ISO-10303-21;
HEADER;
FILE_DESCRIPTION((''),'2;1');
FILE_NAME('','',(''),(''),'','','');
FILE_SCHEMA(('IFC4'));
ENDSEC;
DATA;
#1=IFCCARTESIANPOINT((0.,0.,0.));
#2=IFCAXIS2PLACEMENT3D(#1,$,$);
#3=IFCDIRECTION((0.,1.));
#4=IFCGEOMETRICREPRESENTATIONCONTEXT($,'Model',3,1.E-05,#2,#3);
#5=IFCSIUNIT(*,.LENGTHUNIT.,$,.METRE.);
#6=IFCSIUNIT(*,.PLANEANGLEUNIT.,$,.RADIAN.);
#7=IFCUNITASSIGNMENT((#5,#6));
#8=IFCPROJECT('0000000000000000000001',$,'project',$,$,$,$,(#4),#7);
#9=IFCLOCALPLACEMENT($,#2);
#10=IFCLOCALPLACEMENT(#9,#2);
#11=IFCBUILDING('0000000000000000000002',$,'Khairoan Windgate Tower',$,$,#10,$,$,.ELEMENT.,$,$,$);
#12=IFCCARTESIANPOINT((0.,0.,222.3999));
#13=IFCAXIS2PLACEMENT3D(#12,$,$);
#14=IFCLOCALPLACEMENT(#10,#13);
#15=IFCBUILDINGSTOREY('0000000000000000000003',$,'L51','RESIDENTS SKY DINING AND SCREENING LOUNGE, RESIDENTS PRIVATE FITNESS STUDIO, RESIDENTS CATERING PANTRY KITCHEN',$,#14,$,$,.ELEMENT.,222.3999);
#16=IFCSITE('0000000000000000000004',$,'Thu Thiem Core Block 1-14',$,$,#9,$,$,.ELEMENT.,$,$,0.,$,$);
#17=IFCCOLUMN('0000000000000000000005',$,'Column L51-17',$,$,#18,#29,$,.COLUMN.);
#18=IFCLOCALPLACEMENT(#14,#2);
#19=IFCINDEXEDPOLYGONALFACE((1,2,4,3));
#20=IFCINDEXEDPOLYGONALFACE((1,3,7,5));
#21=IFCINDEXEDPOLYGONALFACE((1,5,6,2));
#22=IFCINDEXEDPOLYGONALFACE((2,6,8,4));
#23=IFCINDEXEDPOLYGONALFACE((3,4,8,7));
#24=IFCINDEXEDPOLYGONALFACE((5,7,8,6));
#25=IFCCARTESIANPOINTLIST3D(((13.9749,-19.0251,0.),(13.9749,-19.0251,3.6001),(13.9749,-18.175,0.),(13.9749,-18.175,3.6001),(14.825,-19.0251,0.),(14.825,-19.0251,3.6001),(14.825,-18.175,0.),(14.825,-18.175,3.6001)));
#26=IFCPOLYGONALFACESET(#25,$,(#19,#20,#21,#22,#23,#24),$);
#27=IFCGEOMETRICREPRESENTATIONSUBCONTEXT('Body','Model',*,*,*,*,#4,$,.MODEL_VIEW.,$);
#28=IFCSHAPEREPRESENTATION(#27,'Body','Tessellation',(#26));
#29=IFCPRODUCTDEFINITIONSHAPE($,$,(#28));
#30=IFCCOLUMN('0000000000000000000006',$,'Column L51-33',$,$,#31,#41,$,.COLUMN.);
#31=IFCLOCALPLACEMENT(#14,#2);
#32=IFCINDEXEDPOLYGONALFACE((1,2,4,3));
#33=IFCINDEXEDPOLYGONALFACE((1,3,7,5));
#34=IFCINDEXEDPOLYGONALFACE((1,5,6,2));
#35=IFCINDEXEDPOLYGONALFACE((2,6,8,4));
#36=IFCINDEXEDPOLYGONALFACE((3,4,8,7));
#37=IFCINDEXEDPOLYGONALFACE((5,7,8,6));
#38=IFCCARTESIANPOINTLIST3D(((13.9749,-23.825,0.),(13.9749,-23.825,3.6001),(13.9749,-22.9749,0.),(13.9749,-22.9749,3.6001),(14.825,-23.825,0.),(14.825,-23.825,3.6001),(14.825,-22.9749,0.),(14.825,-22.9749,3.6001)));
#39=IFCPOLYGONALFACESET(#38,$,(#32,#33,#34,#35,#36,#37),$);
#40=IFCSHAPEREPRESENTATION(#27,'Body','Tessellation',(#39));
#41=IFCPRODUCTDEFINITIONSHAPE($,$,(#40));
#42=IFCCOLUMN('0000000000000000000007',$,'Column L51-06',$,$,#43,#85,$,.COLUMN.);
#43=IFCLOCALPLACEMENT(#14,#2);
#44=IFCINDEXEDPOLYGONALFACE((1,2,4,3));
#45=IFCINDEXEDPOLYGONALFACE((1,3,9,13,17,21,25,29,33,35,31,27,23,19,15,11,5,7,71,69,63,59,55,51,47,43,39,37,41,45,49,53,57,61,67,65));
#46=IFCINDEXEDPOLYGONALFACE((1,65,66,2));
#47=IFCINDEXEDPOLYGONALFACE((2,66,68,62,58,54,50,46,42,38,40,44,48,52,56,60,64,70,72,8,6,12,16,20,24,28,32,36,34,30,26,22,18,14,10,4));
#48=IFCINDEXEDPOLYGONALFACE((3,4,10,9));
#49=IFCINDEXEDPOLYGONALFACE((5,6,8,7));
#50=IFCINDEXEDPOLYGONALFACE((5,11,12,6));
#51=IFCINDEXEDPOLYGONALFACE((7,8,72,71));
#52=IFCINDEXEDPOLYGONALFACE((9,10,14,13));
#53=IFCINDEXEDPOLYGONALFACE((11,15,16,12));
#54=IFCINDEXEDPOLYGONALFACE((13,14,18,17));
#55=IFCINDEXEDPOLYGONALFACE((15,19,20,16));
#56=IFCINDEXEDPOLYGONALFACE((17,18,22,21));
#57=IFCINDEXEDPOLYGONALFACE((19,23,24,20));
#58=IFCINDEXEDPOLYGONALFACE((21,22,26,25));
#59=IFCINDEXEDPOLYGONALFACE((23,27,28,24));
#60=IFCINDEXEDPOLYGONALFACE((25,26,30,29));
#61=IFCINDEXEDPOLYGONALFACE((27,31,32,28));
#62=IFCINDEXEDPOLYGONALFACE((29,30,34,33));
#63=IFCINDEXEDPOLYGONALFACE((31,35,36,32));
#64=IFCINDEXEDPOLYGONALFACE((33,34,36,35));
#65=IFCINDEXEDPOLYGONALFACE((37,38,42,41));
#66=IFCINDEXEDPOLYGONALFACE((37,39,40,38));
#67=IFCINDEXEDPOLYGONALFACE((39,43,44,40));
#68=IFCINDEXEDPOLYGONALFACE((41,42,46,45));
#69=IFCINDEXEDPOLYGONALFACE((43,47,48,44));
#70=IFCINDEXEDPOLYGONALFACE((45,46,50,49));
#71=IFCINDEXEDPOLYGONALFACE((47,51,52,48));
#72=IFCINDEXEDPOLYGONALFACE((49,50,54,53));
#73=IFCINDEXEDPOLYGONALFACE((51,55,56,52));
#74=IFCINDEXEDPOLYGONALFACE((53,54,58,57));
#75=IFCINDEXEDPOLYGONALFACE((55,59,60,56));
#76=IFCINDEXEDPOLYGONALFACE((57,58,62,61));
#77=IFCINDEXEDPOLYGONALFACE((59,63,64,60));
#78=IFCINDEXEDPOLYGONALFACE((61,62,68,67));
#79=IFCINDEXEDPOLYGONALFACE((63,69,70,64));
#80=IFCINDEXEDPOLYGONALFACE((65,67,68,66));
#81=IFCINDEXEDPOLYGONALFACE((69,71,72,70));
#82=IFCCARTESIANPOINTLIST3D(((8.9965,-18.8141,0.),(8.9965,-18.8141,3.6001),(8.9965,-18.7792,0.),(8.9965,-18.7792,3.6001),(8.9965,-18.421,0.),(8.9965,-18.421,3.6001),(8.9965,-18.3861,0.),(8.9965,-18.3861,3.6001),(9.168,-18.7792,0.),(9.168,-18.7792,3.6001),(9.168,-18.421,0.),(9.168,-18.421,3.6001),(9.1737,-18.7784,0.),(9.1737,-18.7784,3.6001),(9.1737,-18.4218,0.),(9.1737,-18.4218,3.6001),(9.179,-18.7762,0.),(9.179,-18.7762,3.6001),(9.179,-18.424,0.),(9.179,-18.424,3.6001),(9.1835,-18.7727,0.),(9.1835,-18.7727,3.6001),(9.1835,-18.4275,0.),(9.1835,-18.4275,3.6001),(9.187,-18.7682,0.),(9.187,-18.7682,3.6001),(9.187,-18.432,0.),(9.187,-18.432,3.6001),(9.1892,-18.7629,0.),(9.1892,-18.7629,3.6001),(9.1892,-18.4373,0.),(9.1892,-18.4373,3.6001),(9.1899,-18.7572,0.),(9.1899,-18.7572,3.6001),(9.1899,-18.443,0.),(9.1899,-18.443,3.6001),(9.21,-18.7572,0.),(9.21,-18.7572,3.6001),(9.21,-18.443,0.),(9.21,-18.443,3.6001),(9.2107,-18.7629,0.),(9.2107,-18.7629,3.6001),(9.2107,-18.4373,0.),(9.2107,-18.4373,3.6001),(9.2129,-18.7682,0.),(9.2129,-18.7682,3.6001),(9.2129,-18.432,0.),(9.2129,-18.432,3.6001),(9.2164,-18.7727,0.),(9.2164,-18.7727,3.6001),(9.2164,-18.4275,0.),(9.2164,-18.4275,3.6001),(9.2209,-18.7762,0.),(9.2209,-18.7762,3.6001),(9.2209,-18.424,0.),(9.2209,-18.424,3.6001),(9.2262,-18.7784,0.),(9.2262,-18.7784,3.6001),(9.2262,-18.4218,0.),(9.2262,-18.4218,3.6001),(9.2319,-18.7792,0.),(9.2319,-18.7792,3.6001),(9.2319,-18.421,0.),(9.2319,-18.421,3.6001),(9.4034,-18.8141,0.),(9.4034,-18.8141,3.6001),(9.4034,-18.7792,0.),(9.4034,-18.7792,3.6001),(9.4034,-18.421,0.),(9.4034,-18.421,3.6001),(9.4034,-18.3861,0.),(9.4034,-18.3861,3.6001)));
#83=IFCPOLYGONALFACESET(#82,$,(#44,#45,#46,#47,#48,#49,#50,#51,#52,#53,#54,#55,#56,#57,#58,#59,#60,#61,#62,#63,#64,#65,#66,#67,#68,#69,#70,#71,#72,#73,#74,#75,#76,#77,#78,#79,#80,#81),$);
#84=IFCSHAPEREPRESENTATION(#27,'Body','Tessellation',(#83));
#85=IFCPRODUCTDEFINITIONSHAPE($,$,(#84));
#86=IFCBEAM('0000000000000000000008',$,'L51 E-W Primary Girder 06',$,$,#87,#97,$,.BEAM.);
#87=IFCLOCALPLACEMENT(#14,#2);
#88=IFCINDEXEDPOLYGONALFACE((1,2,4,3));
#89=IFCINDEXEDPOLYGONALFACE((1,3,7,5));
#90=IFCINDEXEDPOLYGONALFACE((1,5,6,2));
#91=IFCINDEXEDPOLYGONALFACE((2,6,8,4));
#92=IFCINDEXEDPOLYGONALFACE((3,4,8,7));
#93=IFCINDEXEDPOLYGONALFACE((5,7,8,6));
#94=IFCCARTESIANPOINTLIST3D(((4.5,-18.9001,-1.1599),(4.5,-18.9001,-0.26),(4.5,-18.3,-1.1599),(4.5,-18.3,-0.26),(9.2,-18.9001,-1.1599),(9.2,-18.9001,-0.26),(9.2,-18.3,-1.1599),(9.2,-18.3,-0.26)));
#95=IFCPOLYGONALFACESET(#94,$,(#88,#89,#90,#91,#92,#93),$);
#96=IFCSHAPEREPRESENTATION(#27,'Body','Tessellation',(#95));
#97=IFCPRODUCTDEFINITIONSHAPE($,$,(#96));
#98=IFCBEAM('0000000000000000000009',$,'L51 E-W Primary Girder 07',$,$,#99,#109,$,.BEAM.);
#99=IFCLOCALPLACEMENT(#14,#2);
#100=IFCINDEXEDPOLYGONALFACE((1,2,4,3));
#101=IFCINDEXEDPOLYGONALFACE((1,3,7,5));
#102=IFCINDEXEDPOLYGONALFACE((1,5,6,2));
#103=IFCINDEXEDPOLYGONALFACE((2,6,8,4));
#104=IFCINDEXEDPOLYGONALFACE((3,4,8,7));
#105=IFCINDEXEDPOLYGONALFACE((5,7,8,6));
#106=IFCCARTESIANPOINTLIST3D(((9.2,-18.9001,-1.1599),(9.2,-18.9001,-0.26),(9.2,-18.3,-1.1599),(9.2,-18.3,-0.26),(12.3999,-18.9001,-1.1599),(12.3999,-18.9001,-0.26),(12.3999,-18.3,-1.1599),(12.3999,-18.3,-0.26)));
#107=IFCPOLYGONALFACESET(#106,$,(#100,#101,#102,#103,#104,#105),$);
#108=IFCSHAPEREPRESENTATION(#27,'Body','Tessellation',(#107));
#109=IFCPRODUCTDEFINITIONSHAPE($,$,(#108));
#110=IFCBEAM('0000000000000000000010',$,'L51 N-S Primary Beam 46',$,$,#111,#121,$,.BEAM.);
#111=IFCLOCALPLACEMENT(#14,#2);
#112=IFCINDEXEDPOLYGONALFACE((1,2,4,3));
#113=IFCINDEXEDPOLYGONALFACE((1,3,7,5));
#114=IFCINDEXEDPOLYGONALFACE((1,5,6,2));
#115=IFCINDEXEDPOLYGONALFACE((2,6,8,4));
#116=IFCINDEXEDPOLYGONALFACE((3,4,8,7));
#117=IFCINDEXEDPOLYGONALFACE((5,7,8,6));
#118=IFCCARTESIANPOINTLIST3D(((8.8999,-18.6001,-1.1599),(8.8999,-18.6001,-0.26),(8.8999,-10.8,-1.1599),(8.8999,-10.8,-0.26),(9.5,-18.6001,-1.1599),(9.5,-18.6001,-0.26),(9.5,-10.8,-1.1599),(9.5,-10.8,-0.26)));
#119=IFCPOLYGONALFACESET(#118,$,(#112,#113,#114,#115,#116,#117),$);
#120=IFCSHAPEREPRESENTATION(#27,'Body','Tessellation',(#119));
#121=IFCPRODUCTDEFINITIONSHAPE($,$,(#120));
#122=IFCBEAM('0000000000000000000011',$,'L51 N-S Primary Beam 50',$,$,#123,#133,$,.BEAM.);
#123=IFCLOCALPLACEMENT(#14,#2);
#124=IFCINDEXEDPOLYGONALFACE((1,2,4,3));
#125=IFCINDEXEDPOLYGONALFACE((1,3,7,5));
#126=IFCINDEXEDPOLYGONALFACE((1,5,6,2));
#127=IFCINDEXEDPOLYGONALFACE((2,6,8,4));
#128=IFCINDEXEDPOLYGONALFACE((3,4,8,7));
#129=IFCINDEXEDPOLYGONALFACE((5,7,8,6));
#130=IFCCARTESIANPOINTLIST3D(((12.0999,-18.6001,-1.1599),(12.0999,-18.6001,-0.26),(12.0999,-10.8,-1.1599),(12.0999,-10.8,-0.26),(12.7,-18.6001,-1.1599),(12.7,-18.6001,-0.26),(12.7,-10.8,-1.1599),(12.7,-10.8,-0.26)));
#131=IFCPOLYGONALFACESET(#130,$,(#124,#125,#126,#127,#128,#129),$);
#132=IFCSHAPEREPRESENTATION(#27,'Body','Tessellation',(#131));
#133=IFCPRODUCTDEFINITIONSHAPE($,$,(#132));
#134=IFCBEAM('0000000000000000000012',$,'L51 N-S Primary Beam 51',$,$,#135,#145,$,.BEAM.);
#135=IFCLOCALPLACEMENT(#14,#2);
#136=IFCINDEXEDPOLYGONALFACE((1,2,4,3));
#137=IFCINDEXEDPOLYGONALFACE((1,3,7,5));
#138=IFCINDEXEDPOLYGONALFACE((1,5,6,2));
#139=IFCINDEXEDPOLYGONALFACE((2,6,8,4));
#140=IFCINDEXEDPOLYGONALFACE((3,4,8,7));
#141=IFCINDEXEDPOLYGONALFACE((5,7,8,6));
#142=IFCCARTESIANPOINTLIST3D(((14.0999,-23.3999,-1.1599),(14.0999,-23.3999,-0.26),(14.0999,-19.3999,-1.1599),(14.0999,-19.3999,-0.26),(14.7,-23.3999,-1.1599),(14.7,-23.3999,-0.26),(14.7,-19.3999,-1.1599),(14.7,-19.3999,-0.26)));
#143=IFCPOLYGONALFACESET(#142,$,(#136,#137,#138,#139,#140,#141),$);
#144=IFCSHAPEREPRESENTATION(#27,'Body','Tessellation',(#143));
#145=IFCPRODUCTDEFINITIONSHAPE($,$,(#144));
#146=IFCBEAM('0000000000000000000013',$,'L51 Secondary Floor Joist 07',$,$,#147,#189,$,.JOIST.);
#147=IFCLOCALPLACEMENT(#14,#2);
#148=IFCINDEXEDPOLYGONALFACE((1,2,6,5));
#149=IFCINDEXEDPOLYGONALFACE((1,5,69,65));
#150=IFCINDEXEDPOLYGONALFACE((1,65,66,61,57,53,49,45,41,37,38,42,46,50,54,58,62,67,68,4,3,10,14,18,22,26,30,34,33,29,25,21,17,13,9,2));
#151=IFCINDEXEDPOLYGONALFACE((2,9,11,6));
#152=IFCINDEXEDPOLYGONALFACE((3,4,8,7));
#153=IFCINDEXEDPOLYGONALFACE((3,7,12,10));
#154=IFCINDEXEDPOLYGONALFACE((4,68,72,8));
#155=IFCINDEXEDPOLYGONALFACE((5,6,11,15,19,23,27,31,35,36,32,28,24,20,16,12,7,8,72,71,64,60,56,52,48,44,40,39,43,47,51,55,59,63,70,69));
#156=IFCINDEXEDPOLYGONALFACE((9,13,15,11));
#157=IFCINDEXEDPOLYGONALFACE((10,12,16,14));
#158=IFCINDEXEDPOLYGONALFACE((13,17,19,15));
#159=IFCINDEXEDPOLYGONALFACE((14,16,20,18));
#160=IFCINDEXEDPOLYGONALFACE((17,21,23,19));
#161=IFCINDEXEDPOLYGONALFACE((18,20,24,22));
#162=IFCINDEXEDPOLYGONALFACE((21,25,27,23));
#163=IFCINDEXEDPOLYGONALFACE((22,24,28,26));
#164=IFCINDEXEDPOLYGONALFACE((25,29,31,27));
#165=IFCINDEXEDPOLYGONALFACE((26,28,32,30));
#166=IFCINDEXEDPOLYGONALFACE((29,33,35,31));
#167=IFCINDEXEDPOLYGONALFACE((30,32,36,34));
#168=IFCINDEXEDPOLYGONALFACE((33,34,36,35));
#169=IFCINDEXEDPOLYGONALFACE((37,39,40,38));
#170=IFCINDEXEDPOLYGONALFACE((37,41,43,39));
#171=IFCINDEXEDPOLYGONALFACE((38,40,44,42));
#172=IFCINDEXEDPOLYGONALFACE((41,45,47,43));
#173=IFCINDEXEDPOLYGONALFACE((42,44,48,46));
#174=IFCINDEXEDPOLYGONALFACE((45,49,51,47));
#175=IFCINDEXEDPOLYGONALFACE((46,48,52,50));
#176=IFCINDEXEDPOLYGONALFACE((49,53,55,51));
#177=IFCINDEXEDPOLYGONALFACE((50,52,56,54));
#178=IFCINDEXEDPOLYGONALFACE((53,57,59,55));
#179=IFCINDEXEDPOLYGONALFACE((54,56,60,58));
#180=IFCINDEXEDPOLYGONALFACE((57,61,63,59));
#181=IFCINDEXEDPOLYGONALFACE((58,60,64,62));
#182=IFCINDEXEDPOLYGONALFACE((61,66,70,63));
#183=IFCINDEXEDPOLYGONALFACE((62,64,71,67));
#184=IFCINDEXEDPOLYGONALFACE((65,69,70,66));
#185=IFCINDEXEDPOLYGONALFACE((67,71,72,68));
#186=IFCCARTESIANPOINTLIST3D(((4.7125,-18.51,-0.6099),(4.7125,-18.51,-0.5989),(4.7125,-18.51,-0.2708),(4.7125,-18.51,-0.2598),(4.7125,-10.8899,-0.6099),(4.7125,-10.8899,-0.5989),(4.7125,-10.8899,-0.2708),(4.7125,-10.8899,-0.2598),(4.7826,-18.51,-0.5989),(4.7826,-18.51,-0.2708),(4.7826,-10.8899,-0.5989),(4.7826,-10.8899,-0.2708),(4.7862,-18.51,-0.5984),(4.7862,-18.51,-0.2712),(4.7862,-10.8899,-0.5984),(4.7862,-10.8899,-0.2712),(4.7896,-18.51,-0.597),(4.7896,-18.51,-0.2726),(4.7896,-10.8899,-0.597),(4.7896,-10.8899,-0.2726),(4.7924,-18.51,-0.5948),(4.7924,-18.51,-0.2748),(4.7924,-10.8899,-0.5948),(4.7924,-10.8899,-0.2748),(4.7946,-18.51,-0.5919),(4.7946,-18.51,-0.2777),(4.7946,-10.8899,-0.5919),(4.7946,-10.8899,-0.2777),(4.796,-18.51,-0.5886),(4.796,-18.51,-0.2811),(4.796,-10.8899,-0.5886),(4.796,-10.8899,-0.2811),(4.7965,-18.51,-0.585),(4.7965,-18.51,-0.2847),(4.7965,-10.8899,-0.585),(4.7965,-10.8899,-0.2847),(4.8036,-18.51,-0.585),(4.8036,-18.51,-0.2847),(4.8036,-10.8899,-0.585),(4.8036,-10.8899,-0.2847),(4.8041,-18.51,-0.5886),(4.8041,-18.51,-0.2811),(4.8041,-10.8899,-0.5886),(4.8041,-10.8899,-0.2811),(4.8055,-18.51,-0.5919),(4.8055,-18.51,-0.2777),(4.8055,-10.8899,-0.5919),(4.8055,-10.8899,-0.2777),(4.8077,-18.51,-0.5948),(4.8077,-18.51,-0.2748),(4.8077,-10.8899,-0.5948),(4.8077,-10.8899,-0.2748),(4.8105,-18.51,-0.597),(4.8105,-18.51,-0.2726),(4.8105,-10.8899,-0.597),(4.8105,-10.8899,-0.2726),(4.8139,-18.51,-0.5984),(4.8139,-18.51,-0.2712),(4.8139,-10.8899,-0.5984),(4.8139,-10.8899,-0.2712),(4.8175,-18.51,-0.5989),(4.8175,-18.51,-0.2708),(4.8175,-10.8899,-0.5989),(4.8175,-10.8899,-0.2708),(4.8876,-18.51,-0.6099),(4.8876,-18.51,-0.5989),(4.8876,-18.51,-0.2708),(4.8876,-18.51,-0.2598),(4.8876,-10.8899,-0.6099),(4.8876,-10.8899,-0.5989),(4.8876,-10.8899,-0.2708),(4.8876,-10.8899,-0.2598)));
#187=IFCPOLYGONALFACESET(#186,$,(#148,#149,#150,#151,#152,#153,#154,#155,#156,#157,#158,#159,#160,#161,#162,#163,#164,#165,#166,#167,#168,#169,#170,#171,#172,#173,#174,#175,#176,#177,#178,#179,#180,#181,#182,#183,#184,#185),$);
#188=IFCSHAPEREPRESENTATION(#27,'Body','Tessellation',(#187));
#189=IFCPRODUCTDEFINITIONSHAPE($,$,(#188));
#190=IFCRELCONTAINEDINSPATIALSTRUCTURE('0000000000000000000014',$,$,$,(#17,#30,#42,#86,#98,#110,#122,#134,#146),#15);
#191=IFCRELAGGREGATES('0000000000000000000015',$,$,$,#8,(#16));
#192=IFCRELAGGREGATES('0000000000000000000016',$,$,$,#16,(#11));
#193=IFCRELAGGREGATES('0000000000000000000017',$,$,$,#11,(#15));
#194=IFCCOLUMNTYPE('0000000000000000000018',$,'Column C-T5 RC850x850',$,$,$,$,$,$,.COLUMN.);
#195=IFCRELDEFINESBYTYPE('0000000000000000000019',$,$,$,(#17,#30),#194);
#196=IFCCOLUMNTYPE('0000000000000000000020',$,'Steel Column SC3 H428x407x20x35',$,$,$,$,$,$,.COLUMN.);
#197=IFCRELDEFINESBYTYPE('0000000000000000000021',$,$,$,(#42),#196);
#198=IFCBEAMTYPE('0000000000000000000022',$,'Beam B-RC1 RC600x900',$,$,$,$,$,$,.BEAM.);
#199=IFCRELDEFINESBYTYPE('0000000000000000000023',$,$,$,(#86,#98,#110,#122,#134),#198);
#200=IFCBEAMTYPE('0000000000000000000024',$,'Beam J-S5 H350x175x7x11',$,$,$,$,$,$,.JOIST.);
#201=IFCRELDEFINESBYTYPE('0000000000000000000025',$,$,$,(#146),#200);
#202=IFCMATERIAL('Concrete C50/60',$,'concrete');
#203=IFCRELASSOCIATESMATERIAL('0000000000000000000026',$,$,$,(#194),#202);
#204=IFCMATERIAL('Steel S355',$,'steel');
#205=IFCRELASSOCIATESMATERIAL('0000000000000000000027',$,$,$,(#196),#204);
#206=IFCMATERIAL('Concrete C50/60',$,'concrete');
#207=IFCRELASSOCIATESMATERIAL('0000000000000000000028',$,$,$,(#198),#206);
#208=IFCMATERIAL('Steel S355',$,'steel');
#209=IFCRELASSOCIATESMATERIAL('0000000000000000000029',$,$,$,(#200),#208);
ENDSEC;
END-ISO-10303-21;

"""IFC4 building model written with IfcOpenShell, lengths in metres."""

from ifc_helpers import new_model, si_unit, direction, frame, origin, origin_2d, place, context, subcontext, project, spatial, rectangle, i_section, extrude, material, material_profile, profile_set, type_object, element, save


model = new_model("IFC4")

# Units and contexts
model_context = context("Model", 3, precision=1e-05, world=origin(), true_north=direction((0.0, 1.0)))
body_context = subcontext(model_context, "Body", "Model", "MODEL_VIEW")
ifc_project = project(units=[si_unit("LENGTHUNIT", "METRE"), si_unit("PLANEANGLEUNIT", "RADIAN")], contexts=[model_context])

# Site, building, storey
site_placement = place(None, origin())
site = spatial("IfcSite", under=ifc_project, at=site_placement, Name="Thu Thiem Core Block 1-14", CompositionType="ELEMENT", RefElevation=0.0)
building_placement = place(site_placement, origin())
building = spatial("IfcBuilding", under=site, at=building_placement, Name="Khairoan Windgate Tower", CompositionType="ELEMENT")
storey_placement = place(building_placement, frame((0.0, 0.0, 222.3999)))
storey = spatial("IfcBuildingStorey", under=building, at=storey_placement, Name="L51", Description="RESIDENTS SKY DINING AND SCREENING LOUNGE, RESIDENTS PRIVATE FITNESS STUDIO, RESIDENTS CATERING PANTRY KITCHEN", CompositionType="ELEMENT", Elevation=222.3999)

# Columns
ifc_material_1 = material(Name="Concrete C50/60", Category="concrete")
ifc_material_profile_1 = material_profile(ifc_material_1, rectangle(XDim=0.8501, YDim=0.8501, at=origin_2d()))
ifc_profile_set_1 = profile_set([ifc_material_profile_1], Name="Concrete C50/60")
column_type_1 = type_object("IfcColumnType", Name="Column C-T5 RC850x850", PredefinedType="COLUMN", material=ifc_profile_set_1)
for number, where, z_axis, x_axis, name in (
    (1, (14.3999, -18.6001, 0.0), (0.0, 0.0, 1.0), (1.0, 0.0, 0.0), "Column L51-17"),
    (2, (14.3999, -23.3999, 0.0), (0.0, 0.0, 1.0), (1.0, 0.0, 0.0), "Column L51-33"),
):
    element("IfcColumn", number, at=place(storey_placement, frame(where, z_axis=z_axis, x_axis=x_axis)), inside=storey, type_object=column_type_1, Name=name, PredefinedType="COLUMN", context=body_context, shape_type="SweptSolid", body=[
        extrude(rectangle(XDim=0.8501, YDim=0.8501, at=origin_2d()), origin(), (0.0, 0.0, 1.0), 3.6001),
    ])
ifc_material_2 = material(Name="Steel S355", Category="steel")
ifc_material_profile_2 = material_profile(ifc_material_2, i_section(OverallWidth=0.407, OverallDepth=0.428, WebThickness=0.02, FlangeThickness=0.0349, FilletRadius=0.022, at=origin_2d()))
ifc_profile_set_2 = profile_set([ifc_material_profile_2], Name="Steel S355")
column_type_2 = type_object("IfcColumnType", Name="Steel Column SC3 H428x407x20x35", PredefinedType="COLUMN", material=ifc_profile_set_2)
column_placement = place(storey_placement, frame((9.2, -18.6001, 0.0), z_axis=(0.0, 0.0, 1.0), x_axis=(1.0, 0.0, 0.0)))
element("IfcColumn", 3, at=column_placement, inside=storey, type_object=column_type_2, Name="Column L51-06", PredefinedType="COLUMN", context=body_context, shape_type="SweptSolid", body=[
    extrude(i_section(OverallWidth=0.407, OverallDepth=0.428, WebThickness=0.02, FlangeThickness=0.0349, FilletRadius=0.022, at=origin_2d()), origin(), (0.0, 0.0, 1.0), 3.6001),
])

# Beams
ifc_material_3 = material(Name="Concrete C50/60", Category="concrete")
ifc_material_profile_3 = material_profile(ifc_material_3, rectangle(XDim=0.6001, YDim=0.8999, at=origin_2d()))
ifc_profile_set_3 = profile_set([ifc_material_profile_3], Name="Concrete C50/60")
beam_type_1 = type_object("IfcBeamType", Name="Beam B-RC1 RC600x900", PredefinedType="BEAM", material=ifc_profile_set_3)
beam_1_placement = place(storey_placement, frame((4.5, -18.6001, -0.71), z_axis=(1.0, 0.0, 0.0), x_axis=(0.0, 1.0, 0.0)))
element("IfcBeam", 4, at=beam_1_placement, inside=storey, type_object=beam_type_1, Name="L51 E-W Primary Girder 06", PredefinedType="BEAM", context=body_context, shape_type="SweptSolid", body=[
    extrude(rectangle(XDim=0.6001, YDim=0.8999, at=origin_2d()), origin(), (0.0, 0.0, 1.0), 4.7),
])
beam_2_placement = place(storey_placement, frame((9.2, -18.6001, -0.71), z_axis=(1.0, 0.0, 0.0), x_axis=(0.0, 1.0, 0.0)))
element("IfcBeam", 5, at=beam_2_placement, inside=storey, type_object=beam_type_1, Name="L51 E-W Primary Girder 07", PredefinedType="BEAM", context=body_context, shape_type="SweptSolid", body=[
    extrude(rectangle(XDim=0.6001, YDim=0.8999, at=origin_2d()), origin(), (0.0, 0.0, 1.0), 3.2),
])
for number, where, z_axis, x_axis, name in (
    (6, (9.2, -18.6001, -0.71), (0.0, 1.0, 0.0), (-1.0, 0.0, 0.0), "L51 N-S Primary Beam 46"),
    (7, (12.3999, -18.6001, -0.71), (0.0, 1.0, 0.0), (-1.0, 0.0, 0.0), "L51 N-S Primary Beam 50"),
):
    element("IfcBeam", number, at=place(storey_placement, frame(where, z_axis=z_axis, x_axis=x_axis)), inside=storey, type_object=beam_type_1, Name=name, PredefinedType="BEAM", context=body_context, shape_type="SweptSolid", body=[
        extrude(rectangle(XDim=0.6001, YDim=0.8999, at=origin_2d()), origin(), (0.0, 0.0, 1.0), 7.8),
    ])
beam_3_placement = place(storey_placement, frame((14.3999, -23.3999, -0.71), z_axis=(0.0, 1.0, 0.0), x_axis=(-1.0, 0.0, 0.0)))
element("IfcBeam", 8, at=beam_3_placement, inside=storey, type_object=beam_type_1, Name="L51 N-S Primary Beam 51", PredefinedType="BEAM", context=body_context, shape_type="SweptSolid", body=[
    extrude(rectangle(XDim=0.6001, YDim=0.8999, at=origin_2d()), origin(), (0.0, 0.0, 1.0), 4.0),
])
ifc_material_4 = material(Name="Steel S355", Category="steel")
ifc_material_profile_4 = material_profile(ifc_material_4, i_section(OverallWidth=0.175, OverallDepth=0.3501, WebThickness=0.0071, FlangeThickness=0.011, FilletRadius=0.0139, at=origin_2d()))
ifc_profile_set_4 = profile_set([ifc_material_profile_4], Name="Steel S355")
beam_type_2 = type_object("IfcBeamType", Name="Beam J-S5 H350x175x7x11", PredefinedType="JOIST", material=ifc_profile_set_4)
beam_4_placement = place(storey_placement, frame((4.8, -18.51, -0.4348), z_axis=(0.0, 1.0, 0.0), x_axis=(-1.0, 0.0, 0.0)))
element("IfcBeam", 9, at=beam_4_placement, inside=storey, type_object=beam_type_2, Name="L51 Secondary Floor Joist 07", PredefinedType="JOIST", context=body_context, shape_type="SweptSolid", body=[
    extrude(i_section(OverallWidth=0.175, OverallDepth=0.3501, WebThickness=0.0071, FlangeThickness=0.011, FilletRadius=0.0139, at=origin_2d()), origin(), (0.0, 0.0, 1.0), 7.6201),
])

save(model, "model.ifc")
